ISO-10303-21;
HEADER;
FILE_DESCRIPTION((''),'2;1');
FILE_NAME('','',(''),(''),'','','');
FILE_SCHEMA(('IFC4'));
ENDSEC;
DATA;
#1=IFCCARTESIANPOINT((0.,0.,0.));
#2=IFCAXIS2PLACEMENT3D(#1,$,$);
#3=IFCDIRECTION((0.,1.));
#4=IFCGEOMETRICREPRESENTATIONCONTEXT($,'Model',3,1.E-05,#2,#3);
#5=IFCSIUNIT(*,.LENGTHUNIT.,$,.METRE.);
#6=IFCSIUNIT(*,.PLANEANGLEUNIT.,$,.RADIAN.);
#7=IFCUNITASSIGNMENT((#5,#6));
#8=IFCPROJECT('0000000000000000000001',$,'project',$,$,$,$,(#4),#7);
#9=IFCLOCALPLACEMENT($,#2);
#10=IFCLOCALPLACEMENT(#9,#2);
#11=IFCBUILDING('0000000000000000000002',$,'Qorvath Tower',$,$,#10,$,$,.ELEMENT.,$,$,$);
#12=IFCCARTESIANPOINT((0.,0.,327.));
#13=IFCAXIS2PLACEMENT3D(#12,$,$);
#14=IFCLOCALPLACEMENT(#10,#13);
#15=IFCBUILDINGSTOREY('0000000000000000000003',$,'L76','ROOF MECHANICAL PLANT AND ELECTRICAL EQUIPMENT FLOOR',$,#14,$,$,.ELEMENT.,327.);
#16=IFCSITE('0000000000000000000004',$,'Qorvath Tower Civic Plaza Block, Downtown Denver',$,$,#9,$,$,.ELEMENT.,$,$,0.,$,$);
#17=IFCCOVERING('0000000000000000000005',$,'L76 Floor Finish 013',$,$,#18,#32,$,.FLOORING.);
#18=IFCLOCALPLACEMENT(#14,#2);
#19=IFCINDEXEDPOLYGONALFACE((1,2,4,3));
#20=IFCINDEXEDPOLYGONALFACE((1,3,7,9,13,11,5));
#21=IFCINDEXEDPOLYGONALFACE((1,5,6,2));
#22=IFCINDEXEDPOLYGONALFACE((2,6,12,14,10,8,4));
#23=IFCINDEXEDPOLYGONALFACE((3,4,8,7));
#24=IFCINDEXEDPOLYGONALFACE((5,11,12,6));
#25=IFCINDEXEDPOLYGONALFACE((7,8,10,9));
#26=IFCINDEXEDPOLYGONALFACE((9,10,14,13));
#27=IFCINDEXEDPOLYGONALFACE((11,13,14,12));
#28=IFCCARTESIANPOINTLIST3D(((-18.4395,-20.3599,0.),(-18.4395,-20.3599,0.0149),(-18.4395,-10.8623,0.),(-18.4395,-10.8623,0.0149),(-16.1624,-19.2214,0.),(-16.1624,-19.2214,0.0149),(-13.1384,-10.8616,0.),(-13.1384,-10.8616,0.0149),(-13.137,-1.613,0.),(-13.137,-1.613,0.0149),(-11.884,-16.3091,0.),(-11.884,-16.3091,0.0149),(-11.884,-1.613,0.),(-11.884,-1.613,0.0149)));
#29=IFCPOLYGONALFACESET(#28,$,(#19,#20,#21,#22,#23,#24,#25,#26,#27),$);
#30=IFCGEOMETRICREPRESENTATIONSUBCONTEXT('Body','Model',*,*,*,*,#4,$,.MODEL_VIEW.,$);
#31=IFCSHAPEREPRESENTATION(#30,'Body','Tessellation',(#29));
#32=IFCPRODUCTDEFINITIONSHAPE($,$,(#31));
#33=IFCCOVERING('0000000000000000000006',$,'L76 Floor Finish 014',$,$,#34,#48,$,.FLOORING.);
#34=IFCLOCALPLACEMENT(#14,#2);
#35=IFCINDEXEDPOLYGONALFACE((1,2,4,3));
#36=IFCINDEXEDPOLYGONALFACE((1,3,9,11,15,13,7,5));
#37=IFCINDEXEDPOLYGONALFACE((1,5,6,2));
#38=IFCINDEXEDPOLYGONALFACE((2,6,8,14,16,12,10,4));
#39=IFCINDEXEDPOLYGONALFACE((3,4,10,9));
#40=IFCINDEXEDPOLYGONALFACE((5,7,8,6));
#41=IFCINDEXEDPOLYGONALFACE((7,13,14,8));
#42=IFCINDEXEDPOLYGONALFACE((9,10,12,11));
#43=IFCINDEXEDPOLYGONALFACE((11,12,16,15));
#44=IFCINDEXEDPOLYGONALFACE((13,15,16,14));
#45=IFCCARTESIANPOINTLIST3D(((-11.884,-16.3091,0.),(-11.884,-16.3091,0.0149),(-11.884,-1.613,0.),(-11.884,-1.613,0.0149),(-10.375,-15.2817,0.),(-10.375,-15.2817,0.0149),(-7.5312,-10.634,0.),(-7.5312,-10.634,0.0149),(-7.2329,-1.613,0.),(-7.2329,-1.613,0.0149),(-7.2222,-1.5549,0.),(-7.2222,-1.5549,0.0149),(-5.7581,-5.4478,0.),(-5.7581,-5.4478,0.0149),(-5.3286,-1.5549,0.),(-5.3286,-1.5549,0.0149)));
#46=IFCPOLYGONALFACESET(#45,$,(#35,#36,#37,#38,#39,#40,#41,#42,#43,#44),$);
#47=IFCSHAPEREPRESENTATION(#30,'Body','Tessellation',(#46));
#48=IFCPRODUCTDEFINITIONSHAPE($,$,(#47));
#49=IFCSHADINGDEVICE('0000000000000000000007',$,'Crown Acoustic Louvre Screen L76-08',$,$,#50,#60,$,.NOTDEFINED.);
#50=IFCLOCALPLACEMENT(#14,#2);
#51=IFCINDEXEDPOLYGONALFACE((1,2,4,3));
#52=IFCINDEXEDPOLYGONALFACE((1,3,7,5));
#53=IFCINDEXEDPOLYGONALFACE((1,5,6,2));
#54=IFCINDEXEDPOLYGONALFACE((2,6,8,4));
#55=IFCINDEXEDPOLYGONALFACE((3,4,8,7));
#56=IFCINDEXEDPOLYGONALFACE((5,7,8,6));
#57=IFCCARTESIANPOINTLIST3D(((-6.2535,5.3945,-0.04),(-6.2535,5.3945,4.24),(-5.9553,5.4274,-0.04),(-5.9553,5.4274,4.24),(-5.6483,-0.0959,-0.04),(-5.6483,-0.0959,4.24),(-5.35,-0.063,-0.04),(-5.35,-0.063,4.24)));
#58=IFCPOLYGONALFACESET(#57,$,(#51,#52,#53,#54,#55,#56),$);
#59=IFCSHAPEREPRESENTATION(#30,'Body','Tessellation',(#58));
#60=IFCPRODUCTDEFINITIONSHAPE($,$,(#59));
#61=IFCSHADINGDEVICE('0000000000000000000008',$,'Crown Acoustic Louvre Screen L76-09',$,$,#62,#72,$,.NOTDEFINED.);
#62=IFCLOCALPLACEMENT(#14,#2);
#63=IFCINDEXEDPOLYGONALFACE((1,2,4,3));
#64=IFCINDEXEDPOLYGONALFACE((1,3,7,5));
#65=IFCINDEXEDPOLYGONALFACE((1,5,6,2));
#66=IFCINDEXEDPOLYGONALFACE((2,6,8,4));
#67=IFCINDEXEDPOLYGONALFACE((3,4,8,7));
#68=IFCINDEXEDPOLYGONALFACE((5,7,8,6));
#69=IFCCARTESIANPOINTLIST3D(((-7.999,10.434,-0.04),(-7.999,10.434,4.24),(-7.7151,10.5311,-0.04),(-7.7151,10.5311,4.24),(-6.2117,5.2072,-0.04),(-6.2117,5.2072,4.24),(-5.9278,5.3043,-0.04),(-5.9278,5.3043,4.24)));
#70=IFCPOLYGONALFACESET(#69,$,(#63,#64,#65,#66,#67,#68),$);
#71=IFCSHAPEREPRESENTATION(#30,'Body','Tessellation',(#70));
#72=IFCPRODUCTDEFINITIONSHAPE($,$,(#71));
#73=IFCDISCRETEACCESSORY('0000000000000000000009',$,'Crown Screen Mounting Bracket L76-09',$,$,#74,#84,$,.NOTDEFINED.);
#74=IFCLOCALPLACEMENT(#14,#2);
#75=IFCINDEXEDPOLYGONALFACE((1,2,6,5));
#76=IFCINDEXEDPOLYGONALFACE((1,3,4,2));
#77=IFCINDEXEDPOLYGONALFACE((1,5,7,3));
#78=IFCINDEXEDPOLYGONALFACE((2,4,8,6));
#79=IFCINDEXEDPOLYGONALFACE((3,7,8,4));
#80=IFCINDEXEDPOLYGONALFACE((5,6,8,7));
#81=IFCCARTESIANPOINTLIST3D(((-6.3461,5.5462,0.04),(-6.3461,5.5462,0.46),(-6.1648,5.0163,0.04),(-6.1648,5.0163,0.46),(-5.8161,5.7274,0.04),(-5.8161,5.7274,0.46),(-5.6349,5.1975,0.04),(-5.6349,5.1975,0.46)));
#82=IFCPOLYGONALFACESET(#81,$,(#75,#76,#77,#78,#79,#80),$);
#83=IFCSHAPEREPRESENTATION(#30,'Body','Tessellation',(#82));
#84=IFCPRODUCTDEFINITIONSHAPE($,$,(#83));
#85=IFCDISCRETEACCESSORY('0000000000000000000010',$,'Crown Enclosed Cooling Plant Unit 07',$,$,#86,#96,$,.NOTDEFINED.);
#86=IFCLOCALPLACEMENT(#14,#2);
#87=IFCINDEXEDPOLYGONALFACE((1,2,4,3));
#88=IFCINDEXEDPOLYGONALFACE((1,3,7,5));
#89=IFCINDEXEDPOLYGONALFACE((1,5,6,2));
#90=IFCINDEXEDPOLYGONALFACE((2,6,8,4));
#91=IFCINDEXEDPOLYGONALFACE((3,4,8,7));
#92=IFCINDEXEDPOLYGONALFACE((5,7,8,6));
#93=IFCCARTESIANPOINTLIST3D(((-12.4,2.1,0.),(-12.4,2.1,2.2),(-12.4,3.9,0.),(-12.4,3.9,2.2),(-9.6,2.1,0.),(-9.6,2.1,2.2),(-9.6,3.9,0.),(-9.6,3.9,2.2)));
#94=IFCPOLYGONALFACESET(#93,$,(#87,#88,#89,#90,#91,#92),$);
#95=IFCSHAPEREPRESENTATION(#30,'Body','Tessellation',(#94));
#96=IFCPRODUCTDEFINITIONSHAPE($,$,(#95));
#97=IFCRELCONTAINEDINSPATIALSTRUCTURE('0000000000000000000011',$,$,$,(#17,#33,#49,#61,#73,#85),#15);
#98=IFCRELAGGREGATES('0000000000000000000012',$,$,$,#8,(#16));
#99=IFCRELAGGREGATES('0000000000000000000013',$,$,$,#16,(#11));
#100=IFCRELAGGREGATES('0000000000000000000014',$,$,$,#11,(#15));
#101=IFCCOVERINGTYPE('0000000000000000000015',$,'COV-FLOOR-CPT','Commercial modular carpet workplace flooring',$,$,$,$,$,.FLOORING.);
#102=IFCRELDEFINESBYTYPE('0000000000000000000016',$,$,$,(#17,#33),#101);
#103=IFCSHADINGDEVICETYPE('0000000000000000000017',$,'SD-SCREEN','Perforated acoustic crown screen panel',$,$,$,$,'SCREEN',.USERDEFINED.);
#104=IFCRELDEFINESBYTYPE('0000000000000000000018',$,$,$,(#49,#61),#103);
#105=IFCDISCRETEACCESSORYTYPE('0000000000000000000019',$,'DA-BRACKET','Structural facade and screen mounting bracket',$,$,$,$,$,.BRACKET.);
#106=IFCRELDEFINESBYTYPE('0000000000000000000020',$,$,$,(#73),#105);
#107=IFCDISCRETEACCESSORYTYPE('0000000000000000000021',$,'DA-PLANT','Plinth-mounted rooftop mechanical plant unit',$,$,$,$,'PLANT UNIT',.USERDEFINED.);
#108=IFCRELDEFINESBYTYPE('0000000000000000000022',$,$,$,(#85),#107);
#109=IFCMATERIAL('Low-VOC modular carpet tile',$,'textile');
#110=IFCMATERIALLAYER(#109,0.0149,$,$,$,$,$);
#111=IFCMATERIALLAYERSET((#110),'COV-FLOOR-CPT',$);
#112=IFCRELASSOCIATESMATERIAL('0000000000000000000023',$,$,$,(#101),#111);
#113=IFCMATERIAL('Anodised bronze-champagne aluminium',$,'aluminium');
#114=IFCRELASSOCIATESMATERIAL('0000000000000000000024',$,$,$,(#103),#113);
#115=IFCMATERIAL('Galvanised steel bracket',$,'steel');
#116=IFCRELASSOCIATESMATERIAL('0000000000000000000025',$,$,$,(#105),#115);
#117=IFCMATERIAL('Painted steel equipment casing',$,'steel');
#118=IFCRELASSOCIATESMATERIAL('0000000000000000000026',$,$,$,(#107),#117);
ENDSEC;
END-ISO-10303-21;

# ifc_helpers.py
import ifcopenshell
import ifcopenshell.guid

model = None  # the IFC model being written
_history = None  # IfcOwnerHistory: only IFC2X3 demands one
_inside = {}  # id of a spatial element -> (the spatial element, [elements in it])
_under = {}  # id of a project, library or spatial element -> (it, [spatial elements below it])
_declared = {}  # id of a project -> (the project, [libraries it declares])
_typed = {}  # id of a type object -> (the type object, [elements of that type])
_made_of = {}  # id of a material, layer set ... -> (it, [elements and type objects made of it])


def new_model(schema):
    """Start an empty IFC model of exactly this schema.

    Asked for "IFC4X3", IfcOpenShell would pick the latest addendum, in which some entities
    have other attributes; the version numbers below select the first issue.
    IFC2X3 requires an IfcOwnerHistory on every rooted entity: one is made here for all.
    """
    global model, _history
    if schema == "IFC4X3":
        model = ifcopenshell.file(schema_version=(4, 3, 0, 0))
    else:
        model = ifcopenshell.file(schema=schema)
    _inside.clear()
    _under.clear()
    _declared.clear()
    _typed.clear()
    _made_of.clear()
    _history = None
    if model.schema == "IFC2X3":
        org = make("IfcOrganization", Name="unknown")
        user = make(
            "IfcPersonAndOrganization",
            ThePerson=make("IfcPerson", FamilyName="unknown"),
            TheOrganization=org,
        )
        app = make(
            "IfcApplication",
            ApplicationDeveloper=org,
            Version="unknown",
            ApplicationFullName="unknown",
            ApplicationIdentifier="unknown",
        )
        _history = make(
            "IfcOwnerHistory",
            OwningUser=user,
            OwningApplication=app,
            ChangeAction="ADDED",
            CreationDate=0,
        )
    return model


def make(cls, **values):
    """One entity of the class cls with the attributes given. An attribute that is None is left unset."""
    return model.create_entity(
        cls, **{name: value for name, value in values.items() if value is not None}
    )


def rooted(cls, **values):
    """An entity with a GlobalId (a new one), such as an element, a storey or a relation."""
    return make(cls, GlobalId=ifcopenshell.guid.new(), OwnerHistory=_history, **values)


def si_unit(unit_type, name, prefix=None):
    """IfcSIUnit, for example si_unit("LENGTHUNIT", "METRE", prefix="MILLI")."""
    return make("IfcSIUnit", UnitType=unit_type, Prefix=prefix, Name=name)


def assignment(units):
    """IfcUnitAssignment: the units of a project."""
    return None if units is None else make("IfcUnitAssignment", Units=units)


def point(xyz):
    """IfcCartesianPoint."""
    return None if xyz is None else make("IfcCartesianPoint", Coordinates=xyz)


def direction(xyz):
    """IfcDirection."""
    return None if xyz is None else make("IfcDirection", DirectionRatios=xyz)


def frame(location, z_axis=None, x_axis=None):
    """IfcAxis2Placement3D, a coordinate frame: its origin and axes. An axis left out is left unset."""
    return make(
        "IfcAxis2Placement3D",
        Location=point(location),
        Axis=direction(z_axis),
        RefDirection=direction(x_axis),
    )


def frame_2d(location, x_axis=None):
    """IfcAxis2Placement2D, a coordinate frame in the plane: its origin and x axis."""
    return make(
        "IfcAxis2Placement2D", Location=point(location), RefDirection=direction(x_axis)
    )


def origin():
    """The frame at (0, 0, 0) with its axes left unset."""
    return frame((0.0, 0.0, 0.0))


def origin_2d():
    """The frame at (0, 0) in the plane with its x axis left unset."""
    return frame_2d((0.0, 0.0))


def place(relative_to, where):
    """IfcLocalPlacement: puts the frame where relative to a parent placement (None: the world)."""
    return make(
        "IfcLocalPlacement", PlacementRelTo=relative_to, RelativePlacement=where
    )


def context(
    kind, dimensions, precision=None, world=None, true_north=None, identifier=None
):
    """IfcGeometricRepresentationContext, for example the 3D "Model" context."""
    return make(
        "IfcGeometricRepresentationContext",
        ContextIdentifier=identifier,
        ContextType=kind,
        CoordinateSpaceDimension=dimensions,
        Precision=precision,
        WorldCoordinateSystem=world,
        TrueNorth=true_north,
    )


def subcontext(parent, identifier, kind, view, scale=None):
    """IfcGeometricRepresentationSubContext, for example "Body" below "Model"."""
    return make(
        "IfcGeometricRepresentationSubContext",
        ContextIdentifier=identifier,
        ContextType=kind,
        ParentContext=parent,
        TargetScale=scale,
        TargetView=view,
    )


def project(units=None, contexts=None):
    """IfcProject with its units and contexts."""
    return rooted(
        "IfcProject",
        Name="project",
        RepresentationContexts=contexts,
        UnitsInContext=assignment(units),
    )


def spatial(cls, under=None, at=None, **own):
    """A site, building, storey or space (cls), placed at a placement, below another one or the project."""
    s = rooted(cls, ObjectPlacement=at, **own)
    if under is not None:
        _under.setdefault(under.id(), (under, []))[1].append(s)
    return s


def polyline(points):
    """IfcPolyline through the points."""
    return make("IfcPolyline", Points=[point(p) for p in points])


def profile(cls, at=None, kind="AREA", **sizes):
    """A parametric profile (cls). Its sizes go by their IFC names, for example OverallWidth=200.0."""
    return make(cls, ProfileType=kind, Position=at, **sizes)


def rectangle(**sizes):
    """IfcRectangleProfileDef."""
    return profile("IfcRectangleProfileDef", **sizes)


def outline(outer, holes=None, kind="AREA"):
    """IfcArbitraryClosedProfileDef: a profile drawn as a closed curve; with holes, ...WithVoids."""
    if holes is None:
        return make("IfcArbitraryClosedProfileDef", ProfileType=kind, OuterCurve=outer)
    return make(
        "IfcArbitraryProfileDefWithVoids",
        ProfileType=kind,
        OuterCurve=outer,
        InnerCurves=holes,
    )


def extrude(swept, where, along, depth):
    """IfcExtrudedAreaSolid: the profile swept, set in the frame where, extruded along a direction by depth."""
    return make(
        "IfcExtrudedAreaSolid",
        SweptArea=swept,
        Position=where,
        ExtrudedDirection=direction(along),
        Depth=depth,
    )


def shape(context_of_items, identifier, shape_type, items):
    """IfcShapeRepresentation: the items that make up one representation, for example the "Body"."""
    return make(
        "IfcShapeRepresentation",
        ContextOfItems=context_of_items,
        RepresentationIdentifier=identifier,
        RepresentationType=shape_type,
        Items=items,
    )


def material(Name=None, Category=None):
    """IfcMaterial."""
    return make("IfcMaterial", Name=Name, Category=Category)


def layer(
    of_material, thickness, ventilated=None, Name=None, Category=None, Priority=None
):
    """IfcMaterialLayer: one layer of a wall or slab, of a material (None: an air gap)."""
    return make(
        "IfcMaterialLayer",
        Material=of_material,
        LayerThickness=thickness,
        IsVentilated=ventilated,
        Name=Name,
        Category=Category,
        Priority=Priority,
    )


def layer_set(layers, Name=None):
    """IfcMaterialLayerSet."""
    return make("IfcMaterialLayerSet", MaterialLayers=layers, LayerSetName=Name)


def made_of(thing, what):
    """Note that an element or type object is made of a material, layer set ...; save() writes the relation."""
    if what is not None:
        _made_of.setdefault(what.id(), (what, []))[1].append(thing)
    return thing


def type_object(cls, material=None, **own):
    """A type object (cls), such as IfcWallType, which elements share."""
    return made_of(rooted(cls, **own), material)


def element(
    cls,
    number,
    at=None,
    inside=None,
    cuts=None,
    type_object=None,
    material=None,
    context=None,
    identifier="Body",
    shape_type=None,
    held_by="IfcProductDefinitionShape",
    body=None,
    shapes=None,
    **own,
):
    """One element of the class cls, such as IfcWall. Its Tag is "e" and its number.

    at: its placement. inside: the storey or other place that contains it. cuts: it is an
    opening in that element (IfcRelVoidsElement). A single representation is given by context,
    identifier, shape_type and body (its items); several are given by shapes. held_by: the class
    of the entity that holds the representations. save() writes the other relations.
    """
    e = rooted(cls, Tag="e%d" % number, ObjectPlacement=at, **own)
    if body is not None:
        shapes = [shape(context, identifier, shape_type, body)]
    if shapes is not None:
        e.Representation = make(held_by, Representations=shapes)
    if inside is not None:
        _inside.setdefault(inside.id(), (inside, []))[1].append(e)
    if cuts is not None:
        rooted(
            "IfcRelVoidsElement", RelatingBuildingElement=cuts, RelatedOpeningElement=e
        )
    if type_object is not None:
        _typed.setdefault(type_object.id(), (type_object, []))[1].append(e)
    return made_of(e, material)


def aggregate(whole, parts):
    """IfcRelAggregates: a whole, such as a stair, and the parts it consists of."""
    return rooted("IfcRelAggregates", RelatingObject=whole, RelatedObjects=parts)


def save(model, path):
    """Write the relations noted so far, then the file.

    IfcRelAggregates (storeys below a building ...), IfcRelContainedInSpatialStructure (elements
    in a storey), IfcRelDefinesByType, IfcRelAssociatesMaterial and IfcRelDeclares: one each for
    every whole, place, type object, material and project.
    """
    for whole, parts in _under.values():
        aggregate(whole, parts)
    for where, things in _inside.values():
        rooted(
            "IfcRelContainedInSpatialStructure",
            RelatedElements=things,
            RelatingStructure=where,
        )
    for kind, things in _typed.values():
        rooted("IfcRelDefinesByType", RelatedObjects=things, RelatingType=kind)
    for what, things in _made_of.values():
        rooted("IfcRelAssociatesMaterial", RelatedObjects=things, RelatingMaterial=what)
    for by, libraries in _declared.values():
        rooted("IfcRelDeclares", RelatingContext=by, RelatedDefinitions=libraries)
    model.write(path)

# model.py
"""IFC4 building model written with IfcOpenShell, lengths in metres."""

from ifc_helpers import new_model, si_unit, direction, frame, origin, origin_2d, place, context, subcontext, project, spatial, polyline, rectangle, outline, extrude, material, layer, layer_set, type_object, element, save


model = new_model("IFC4")

# Units and contexts
model_context = context("Model", 3, precision=1e-05, world=origin(), true_north=direction((0.0, 1.0)))
body_context = subcontext(model_context, "Body", "Model", "MODEL_VIEW")
ifc_project = project(units=[si_unit("LENGTHUNIT", "METRE"), si_unit("PLANEANGLEUNIT", "RADIAN")], contexts=[model_context])

# Site, building, storey
site_placement = place(None, origin())
site = spatial("IfcSite", under=ifc_project, at=site_placement, Name="Qorvath Tower Civic Plaza Block, Downtown Denver", CompositionType="ELEMENT", RefElevation=0.0)
building_placement = place(site_placement, origin())
building = spatial("IfcBuilding", under=site, at=building_placement, Name="Qorvath Tower", CompositionType="ELEMENT")
storey_placement = place(building_placement, frame((0.0, 0.0, 327.0)))
storey = spatial("IfcBuildingStorey", under=building, at=storey_placement, Name="L76", Description="ROOF MECHANICAL PLANT AND ELECTRICAL EQUIPMENT FLOOR", CompositionType="ELEMENT", Elevation=327.0)

# Coverings
ifc_material_1 = material(Name="Low-VOC modular carpet tile", Category="textile")
ifc_layer_1 = layer(ifc_material_1, 0.0149)
ifc_layer_set_1 = layer_set([ifc_layer_1], Name="COV-FLOOR-CPT")
covering_type = type_object("IfcCoveringType", Name="COV-FLOOR-CPT", Description="Commercial modular carpet workplace flooring", PredefinedType="FLOORING", material=ifc_layer_set_1)
covering_1_placement = place(storey_placement, origin())
element("IfcCovering", 1, at=covering_1_placement, inside=storey, type_object=covering_type, Name="L76 Floor Finish 013", PredefinedType="FLOORING", context=body_context, shape_type="SweptSolid", body=[
    extrude(outline(polyline([(-16.1624, -19.2214), (-11.884, -16.3091), (-11.884, -1.613), (-13.137, -1.613), (-13.1384, -10.8616), (-18.4395, -10.8623), (-18.4395, -20.3599), (-16.1624, -19.2214)])), origin(), (0.0, 0.0, 1.0), 0.0149),
])
covering_2_placement = place(storey_placement, origin())
element("IfcCovering", 2, at=covering_2_placement, inside=storey, type_object=covering_type, Name="L76 Floor Finish 014", PredefinedType="FLOORING", context=body_context, shape_type="SweptSolid", body=[
    extrude(outline(polyline([(-11.884, -1.613), (-11.884, -16.3091), (-10.375, -15.2817), (-7.5312, -10.634), (-5.7581, -5.4478), (-5.3286, -1.5549), (-7.2222, -1.5549), (-7.2329, -1.613), (-11.884, -1.613)])), origin(), (0.0, 0.0, 1.0), 0.0149),
])

# Shading devices
ifc_material_2 = material(Name="Anodised bronze-champagne aluminium", Category="aluminium")
shading_device_type = type_object("IfcShadingDeviceType", Name="SD-SCREEN", Description="Perforated acoustic crown screen panel", ElementType="SCREEN", PredefinedType="USERDEFINED", material=ifc_material_2)
shading_device_1_placement = place(storey_placement, frame((-5.8018, 2.6658, -0.04), z_axis=(0.0, 0.0, 1.0), x_axis=(-0.10957, 0.993979, 0.0)))
element("IfcShadingDevice", 3, at=shading_device_1_placement, inside=storey, type_object=shading_device_type, Name="Crown Acoustic Louvre Screen L76-08", PredefinedType="NOTDEFINED", context=body_context, shape_type="SweptSolid", body=[
    extrude(rectangle(XDim=5.5237, YDim=0.3, at=origin_2d()), origin(), (0.0, 0.0, 1.0), 4.28),
])
shading_device_2_placement = place(storey_placement, frame((-6.9634, 7.8691, -0.04), z_axis=(0.0, 0.0, 1.0), x_axis=(-0.323561, 0.946207, 0.0)))
element("IfcShadingDevice", 4, at=shading_device_2_placement, inside=storey, type_object=shading_device_type, Name="Crown Acoustic Louvre Screen L76-09", PredefinedType="NOTDEFINED", context=body_context, shape_type="SweptSolid", body=[
    extrude(rectangle(XDim=5.5239, YDim=0.3, at=origin_2d()), origin(), (0.0, 0.0, 1.0), 4.28),
])

# Discrete accessories
ifc_material_3 = material(Name="Galvanised steel bracket", Category="steel")
discrete_accessory_type_1 = type_object("IfcDiscreteAccessoryType", Name="DA-BRACKET", Description="Structural facade and screen mounting bracket", PredefinedType="BRACKET", material=ifc_material_3)
discrete_accessory_1_placement = place(storey_placement, frame((-5.9905, 5.3718, 0.04), z_axis=(0.0, 0.0, 1.0), x_axis=(-0.323561, 0.946207, 0.0)))
element("IfcDiscreteAccessory", 5, at=discrete_accessory_1_placement, inside=storey, type_object=discrete_accessory_type_1, Name="Crown Screen Mounting Bracket L76-09", PredefinedType="NOTDEFINED", context=body_context, shape_type="SweptSolid", body=[
    extrude(rectangle(XDim=0.5601, YDim=0.5601, at=origin_2d()), origin(), (0.0, 0.0, 1.0), 0.4199),
])
ifc_material_4 = material(Name="Painted steel equipment casing", Category="steel")
discrete_accessory_type_2 = type_object("IfcDiscreteAccessoryType", Name="DA-PLANT", Description="Plinth-mounted rooftop mechanical plant unit", ElementType="PLANT UNIT", PredefinedType="USERDEFINED", material=ifc_material_4)
discrete_accessory_2_placement = place(storey_placement, frame((-11.0, 3.0, 0.0), z_axis=(0.0, 0.0, 1.0), x_axis=(1.0, 0.0, 0.0)))
element("IfcDiscreteAccessory", 6, at=discrete_accessory_2_placement, inside=storey, type_object=discrete_accessory_type_2, Name="Crown Enclosed Cooling Plant Unit 07", PredefinedType="NOTDEFINED", context=body_context, shape_type="SweptSolid", body=[
    extrude(rectangle(XDim=2.8, YDim=1.8, at=origin_2d()), origin(), (0.0, 0.0, 1.0), 2.2),
])

save(model, "model.ifc")
